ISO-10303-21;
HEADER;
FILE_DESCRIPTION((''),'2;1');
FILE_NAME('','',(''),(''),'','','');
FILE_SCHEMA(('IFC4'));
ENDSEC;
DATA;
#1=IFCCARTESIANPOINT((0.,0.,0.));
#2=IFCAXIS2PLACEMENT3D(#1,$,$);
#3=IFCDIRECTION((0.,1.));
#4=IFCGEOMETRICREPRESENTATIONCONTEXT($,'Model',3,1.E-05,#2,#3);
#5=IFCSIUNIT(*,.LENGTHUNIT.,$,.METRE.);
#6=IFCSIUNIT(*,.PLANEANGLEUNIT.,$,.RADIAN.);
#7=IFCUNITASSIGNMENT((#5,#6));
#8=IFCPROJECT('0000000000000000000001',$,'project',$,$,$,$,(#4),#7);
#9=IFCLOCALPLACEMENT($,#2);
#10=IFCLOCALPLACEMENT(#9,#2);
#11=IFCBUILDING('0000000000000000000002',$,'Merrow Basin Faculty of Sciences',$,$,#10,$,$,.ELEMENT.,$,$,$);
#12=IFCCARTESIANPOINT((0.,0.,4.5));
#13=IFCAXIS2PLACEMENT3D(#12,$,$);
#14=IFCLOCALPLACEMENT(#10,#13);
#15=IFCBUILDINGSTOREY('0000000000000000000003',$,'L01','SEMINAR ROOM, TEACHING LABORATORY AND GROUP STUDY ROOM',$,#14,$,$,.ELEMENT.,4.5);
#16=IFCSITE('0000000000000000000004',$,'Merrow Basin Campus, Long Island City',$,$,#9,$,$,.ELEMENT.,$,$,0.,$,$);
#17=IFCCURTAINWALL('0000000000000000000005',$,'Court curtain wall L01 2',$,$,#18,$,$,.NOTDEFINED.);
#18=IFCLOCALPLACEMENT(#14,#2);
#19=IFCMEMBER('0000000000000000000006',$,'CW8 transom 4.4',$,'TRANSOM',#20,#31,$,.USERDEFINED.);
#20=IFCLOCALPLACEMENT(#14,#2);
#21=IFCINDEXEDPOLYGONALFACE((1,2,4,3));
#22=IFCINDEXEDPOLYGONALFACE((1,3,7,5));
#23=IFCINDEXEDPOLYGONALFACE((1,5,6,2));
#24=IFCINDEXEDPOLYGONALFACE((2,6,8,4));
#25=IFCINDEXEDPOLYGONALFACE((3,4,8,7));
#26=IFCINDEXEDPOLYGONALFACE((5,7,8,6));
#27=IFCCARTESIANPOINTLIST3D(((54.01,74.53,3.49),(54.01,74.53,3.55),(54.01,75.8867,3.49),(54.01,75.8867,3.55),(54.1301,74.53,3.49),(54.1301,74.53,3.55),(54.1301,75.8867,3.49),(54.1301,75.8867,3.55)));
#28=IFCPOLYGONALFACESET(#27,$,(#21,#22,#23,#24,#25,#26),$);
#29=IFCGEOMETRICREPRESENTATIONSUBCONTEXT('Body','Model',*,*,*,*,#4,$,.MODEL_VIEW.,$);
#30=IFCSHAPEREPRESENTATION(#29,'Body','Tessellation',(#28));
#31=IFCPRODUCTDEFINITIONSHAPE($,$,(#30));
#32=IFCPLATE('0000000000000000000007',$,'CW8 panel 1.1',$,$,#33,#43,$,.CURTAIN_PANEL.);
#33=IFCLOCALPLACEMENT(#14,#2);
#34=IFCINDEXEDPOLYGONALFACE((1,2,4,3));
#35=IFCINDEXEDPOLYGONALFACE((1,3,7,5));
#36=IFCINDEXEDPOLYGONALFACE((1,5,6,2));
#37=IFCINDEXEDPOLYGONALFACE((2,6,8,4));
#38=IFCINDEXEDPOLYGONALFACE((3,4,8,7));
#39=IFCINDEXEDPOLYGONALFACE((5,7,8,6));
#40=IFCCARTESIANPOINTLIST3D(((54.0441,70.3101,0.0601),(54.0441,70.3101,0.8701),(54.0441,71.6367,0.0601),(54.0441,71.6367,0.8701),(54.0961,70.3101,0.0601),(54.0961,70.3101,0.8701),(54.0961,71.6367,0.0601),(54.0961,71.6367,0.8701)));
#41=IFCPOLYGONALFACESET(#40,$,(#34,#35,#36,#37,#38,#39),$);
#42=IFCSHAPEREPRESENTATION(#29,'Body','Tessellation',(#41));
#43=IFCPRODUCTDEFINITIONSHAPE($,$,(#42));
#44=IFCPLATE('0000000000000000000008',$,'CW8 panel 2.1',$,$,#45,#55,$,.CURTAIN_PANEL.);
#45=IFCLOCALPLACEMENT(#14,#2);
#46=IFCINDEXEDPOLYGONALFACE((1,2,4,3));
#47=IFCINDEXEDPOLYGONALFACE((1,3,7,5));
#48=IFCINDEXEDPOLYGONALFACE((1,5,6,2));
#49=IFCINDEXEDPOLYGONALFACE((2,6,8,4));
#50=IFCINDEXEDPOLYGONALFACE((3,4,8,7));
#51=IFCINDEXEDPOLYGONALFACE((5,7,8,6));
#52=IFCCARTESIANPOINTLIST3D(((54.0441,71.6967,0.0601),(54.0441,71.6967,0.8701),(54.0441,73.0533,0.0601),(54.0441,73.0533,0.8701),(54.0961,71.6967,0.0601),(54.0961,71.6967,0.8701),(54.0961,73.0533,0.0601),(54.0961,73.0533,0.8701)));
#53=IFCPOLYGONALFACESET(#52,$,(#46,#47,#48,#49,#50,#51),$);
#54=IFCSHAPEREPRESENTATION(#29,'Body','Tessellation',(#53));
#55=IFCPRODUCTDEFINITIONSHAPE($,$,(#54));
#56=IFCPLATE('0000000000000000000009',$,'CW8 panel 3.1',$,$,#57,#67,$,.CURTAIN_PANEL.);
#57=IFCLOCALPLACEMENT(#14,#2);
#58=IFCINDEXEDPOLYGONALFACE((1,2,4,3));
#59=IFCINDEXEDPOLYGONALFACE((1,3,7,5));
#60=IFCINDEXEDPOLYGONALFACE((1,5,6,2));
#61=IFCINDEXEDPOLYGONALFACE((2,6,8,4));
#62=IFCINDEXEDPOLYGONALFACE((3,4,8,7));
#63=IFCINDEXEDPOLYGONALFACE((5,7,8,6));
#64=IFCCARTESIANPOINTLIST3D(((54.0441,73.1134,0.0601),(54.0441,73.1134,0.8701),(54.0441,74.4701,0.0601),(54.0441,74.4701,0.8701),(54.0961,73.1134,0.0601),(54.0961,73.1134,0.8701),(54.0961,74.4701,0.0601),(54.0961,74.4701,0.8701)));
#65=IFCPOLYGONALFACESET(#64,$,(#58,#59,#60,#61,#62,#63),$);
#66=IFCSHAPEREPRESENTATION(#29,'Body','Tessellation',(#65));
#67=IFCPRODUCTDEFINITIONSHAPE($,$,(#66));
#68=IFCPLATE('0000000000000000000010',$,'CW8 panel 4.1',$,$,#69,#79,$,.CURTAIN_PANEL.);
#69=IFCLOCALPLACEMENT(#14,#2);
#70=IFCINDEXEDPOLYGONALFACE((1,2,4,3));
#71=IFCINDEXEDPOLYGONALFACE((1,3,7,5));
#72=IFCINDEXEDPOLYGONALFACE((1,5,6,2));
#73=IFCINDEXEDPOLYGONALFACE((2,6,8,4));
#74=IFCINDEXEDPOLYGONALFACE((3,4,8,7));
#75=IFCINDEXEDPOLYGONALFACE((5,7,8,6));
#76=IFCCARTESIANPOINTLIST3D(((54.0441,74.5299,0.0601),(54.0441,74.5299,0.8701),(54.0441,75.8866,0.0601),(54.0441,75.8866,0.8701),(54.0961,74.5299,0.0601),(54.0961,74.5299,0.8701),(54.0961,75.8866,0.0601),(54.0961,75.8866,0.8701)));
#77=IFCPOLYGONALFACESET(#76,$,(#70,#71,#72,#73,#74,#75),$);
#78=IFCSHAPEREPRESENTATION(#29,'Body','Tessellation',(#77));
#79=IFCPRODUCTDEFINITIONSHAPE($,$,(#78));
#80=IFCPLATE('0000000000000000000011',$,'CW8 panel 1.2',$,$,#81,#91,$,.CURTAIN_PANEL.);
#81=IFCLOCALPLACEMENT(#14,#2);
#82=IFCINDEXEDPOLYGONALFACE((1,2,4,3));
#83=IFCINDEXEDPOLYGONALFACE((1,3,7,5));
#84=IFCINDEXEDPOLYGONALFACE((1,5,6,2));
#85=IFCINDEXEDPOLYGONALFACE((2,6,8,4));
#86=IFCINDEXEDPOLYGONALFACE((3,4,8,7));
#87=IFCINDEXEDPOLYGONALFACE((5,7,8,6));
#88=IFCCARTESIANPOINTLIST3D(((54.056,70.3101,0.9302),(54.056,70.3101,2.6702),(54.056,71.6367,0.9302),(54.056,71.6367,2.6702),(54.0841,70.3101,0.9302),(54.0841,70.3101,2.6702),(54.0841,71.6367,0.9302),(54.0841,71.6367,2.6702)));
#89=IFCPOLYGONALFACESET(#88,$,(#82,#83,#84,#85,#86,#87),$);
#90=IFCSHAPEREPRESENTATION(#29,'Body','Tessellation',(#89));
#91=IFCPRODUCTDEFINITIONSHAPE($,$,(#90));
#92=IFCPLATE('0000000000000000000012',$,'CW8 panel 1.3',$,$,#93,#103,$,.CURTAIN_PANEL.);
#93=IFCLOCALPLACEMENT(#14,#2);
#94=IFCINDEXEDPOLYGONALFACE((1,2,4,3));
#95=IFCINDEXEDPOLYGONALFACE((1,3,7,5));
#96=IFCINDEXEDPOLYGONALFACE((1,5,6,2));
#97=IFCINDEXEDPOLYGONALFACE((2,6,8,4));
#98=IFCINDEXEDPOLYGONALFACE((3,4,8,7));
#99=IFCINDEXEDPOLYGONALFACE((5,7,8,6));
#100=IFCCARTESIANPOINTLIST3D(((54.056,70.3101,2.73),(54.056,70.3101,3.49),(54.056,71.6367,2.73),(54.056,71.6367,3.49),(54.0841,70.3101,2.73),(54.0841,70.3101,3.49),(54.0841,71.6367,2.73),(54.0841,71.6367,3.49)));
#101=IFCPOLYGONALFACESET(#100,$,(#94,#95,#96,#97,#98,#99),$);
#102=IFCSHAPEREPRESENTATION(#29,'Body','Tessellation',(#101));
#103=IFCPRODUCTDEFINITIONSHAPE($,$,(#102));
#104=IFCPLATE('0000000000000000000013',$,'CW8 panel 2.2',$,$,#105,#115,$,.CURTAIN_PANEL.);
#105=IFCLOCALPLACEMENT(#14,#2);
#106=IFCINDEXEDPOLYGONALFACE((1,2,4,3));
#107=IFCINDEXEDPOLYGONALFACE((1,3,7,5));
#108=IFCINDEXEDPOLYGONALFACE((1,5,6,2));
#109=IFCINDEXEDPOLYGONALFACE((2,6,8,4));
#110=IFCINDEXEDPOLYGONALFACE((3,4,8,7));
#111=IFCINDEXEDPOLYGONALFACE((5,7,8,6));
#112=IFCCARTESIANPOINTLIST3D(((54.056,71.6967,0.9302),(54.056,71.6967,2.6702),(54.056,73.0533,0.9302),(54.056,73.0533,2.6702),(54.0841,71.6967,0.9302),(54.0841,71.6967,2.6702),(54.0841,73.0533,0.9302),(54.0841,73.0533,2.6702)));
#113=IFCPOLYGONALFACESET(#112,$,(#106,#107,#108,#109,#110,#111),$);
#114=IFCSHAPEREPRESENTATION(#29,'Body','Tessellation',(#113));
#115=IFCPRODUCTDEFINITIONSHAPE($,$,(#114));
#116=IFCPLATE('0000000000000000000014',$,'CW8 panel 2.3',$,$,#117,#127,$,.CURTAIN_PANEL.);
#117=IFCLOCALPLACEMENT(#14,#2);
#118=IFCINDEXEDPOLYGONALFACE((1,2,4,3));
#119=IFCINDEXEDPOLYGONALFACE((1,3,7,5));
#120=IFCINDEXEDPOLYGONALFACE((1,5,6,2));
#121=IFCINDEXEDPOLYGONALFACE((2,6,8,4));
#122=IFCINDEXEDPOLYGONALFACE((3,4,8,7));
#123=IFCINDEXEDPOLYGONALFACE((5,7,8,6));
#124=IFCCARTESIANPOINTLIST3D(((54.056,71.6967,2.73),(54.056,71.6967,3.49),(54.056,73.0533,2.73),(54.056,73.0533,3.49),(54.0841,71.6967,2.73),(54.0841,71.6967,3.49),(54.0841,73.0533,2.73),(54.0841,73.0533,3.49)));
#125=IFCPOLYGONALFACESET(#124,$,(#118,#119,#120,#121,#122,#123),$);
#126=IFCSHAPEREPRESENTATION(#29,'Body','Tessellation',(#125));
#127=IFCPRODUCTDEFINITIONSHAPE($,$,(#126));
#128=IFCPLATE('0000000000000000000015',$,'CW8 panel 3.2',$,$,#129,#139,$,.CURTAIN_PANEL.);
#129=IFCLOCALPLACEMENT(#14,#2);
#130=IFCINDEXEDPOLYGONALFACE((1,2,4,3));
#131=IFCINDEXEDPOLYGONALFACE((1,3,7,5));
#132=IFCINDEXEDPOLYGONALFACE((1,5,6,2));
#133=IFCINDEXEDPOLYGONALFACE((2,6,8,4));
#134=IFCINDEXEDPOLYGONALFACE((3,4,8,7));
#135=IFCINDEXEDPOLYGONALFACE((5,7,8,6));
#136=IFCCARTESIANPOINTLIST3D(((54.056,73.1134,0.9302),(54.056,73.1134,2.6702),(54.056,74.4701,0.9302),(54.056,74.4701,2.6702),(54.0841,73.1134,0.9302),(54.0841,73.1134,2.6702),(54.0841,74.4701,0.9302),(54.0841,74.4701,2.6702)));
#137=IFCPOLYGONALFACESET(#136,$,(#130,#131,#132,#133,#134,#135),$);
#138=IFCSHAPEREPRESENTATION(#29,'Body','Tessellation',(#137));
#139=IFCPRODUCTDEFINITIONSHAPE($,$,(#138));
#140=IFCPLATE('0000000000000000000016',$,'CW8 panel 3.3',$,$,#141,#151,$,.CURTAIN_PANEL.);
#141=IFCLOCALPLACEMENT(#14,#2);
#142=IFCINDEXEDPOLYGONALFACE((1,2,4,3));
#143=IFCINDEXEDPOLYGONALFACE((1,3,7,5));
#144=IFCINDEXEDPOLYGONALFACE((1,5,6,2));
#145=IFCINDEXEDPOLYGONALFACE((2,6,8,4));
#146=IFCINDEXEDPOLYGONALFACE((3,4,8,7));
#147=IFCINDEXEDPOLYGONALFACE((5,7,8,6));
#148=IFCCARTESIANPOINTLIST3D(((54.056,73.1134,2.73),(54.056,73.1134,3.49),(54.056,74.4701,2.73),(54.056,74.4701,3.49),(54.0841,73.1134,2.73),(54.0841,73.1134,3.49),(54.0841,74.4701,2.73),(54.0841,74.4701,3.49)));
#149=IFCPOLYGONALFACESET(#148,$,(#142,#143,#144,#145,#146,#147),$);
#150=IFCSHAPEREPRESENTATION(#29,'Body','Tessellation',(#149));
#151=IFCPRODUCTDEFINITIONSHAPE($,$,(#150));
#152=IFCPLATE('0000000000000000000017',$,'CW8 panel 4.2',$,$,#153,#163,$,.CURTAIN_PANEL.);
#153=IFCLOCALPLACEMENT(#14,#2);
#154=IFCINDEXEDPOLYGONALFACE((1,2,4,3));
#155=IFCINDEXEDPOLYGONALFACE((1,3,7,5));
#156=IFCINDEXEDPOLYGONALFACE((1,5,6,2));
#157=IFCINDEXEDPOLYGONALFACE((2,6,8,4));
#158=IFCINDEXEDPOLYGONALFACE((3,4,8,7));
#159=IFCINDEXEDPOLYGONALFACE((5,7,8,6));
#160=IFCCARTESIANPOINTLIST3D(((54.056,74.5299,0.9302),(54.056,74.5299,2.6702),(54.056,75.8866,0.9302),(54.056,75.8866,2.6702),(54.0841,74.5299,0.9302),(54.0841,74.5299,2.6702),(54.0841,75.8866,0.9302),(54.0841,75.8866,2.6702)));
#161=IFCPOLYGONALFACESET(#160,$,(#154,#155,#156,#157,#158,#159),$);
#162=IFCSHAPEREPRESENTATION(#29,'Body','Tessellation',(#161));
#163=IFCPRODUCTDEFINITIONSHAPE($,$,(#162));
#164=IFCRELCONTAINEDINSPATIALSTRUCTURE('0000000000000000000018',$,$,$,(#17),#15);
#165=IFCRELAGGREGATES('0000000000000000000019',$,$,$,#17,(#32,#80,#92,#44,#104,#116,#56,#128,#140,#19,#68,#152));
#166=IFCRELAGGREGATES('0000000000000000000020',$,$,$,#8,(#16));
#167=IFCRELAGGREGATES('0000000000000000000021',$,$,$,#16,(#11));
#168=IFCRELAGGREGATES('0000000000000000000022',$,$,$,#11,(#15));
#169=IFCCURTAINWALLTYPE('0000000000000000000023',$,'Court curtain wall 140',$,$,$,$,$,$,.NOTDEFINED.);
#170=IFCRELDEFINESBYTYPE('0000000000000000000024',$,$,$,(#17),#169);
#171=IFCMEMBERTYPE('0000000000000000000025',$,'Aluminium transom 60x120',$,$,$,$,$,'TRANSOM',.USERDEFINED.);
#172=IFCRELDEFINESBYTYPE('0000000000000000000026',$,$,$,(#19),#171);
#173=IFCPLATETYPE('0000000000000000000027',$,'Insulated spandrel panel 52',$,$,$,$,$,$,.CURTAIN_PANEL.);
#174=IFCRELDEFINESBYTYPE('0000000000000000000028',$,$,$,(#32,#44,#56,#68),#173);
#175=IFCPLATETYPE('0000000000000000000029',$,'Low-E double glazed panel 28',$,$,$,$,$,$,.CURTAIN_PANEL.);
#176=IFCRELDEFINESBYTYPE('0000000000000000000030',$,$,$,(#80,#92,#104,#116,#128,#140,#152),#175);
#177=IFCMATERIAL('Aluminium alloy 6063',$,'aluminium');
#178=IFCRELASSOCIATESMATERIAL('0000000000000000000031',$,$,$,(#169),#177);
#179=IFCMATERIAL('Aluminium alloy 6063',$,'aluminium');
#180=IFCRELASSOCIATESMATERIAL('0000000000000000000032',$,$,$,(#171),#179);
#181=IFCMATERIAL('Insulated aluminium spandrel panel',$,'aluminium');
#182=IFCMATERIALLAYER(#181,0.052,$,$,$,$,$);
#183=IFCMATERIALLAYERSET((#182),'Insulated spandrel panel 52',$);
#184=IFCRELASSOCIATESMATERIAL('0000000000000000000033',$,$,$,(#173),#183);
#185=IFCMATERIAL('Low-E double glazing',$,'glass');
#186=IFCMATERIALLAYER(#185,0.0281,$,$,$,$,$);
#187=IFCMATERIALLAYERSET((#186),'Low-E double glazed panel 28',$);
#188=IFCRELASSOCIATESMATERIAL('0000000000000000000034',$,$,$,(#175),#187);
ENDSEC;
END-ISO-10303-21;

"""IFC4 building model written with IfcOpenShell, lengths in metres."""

from ifc_helpers import new_model, si_unit, direction, frame, origin, origin_2d, place, context, subcontext, project, spatial, rectangle, extrude, material, layer, layer_set, material_profile, profile_set, type_object, element, aggregate, save


model = new_model("IFC4")

# Units and contexts
model_context = context("Model", 3, precision=1e-05, world=origin(), true_north=direction((0.0, 1.0)))
body_context = subcontext(model_context, "Body", "Model", "MODEL_VIEW")
ifc_project = project(units=[si_unit("LENGTHUNIT", "METRE"), si_unit("PLANEANGLEUNIT", "RADIAN")], contexts=[model_context])

# Site, building, storey
site_placement = place(None, origin())
site = spatial("IfcSite", under=ifc_project, at=site_placement, Name="Merrow Basin Campus, Long Island City", CompositionType="ELEMENT", RefElevation=0.0)
building_placement = place(site_placement, origin())
building = spatial("IfcBuilding", under=site, at=building_placement, Name="Merrow Basin Faculty of Sciences", CompositionType="ELEMENT")
storey_placement = place(building_placement, frame((0.0, 0.0, 4.5)))
storey = spatial("IfcBuildingStorey", under=building, at=storey_placement, Name="L01", Description="SEMINAR ROOM, TEACHING LABORATORY AND GROUP STUDY ROOM", CompositionType="ELEMENT", Elevation=4.5)

# Curtain wall, member, plates
ifc_material_1 = material(Name="Aluminium alloy 6063", Category="aluminium")
curtain_wall_type = type_object("IfcCurtainWallType", Name="Court curtain wall 140", PredefinedType="NOTDEFINED", material=ifc_material_1)
curtain_wall_placement = place(storey_placement, origin())
curtain_wall = element("IfcCurtainWall", 1, at=curtain_wall_placement, inside=storey, type_object=curtain_wall_type, Name="Court curtain wall L01 2", PredefinedType="NOTDEFINED")
ifc_material_2 = material(Name="Aluminium alloy 6063", Category="aluminium")
ifc_material_profile_1 = material_profile(ifc_material_2, rectangle(XDim=0.1201, YDim=0.0601, at=origin_2d()))
ifc_profile_set_1 = profile_set([ifc_material_profile_1], Name="Aluminium alloy 6063")
member_type_1 = type_object("IfcMemberType", Name="Aluminium transom 60x120", ElementType="TRANSOM", PredefinedType="USERDEFINED", material=ifc_profile_set_1)
member_1_placement = place(storey_placement, frame((54.0701, 74.53, 3.52), z_axis=(0.0, 1.0, 0.0), x_axis=(-1.0, 0.0, 0.0)))
member_1 = element("IfcMember", 2, at=member_1_placement, type_object=member_type_1, Name="CW8 transom 4.4", ObjectType="TRANSOM", PredefinedType="USERDEFINED", context=body_context, shape_type="SweptSolid", body=[
    extrude(rectangle(XDim=0.1201, YDim=0.0601, at=origin_2d()), origin(), (0.0, 0.0, 1.0), 1.3567),
])
ifc_material_3 = material(Name="Insulated aluminium spandrel panel", Category="aluminium")
ifc_layer_1 = layer(ifc_material_3, 0.052)
ifc_layer_set_1 = layer_set([ifc_layer_1], Name="Insulated spandrel panel 52")
plate_type_1 = type_object("IfcPlateType", Name="Insulated spandrel panel 52", PredefinedType="CURTAIN_PANEL", material=ifc_layer_set_1)
plate_1_placement = place(storey_placement, frame((54.0701, 70.9734, 0.0601), z_axis=(0.0, 0.0, 1.0), x_axis=(0.0, 1.0, 0.0)))
plate_1 = element("IfcPlate", 3, at=plate_1_placement, type_object=plate_type_1, Name="CW8 panel 1.1", PredefinedType="CURTAIN_PANEL", context=body_context, shape_type="SweptSolid", body=[
    extrude(rectangle(XDim=1.3267, YDim=0.052, at=origin_2d()), origin(), (0.0, 0.0, 1.0), 0.8101),
])
plate_2_placement = place(storey_placement, frame((54.0701, 72.375, 0.0601), z_axis=(0.0, 0.0, 1.0), x_axis=(0.0, 1.0, 0.0)))
plate_2 = element("IfcPlate", 4, at=plate_2_placement, type_object=plate_type_1, Name="CW8 panel 2.1", PredefinedType="CURTAIN_PANEL", context=body_context, shape_type="SweptSolid", body=[
    extrude(rectangle(XDim=1.3567, YDim=0.052, at=origin_2d()), origin(), (0.0, 0.0, 1.0), 0.8101),
])
plate_3_placement = place(storey_placement, frame((54.0701, 73.7917, 0.0601), z_axis=(0.0, 0.0, 1.0), x_axis=(0.0, 1.0, 0.0)))
plate_3 = element("IfcPlate", 5, at=plate_3_placement, type_object=plate_type_1, Name="CW8 panel 3.1", PredefinedType="CURTAIN_PANEL", context=body_context, shape_type="SweptSolid", body=[
    extrude(rectangle(XDim=1.3567, YDim=0.052, at=origin_2d()), origin(), (0.0, 0.0, 1.0), 0.8101),
])
plate_4_placement = place(storey_placement, frame((54.0701, 75.2083, 0.0601), z_axis=(0.0, 0.0, 1.0), x_axis=(0.0, 1.0, 0.0)))
plate_4 = element("IfcPlate", 6, at=plate_4_placement, type_object=plate_type_1, Name="CW8 panel 4.1", PredefinedType="CURTAIN_PANEL", context=body_context, shape_type="SweptSolid", body=[
    extrude(rectangle(XDim=1.3567, YDim=0.052, at=origin_2d()), origin(), (0.0, 0.0, 1.0), 0.8101),
])
ifc_material_4 = material(Name="Low-E double glazing", Category="glass")
ifc_layer_2 = layer(ifc_material_4, 0.0281)
ifc_layer_set_2 = layer_set([ifc_layer_2], Name="Low-E double glazed panel 28")
plate_type_2 = type_object("IfcPlateType", Name="Low-E double glazed panel 28", PredefinedType="CURTAIN_PANEL", material=ifc_layer_set_2)
plate_5_placement = place(storey_placement, frame((54.0701, 70.9734, 0.9302), z_axis=(0.0, 0.0, 1.0), x_axis=(0.0, 1.0, 0.0)))
plate_5 = element("IfcPlate", 7, at=plate_5_placement, type_object=plate_type_2, Name="CW8 panel 1.2", PredefinedType="CURTAIN_PANEL", context=body_context, shape_type="SweptSolid", body=[
    extrude(rectangle(XDim=1.3267, YDim=0.0281, at=origin_2d()), origin(), (0.0, 0.0, 1.0), 1.74),
])
plate_6_placement = place(storey_placement, frame((54.0701, 70.9734, 2.73), z_axis=(0.0, 0.0, 1.0), x_axis=(0.0, 1.0, 0.0)))
plate_6 = element("IfcPlate", 8, at=plate_6_placement, type_object=plate_type_2, Name="CW8 panel 1.3", PredefinedType="CURTAIN_PANEL", context=body_context, shape_type="SweptSolid", body=[
    extrude(rectangle(XDim=1.3267, YDim=0.0281, at=origin_2d()), origin(), (0.0, 0.0, 1.0), 0.76),
])
plate_7_placement = place(storey_placement, frame((54.0701, 72.375, 0.9302), z_axis=(0.0, 0.0, 1.0), x_axis=(0.0, 1.0, 0.0)))
plate_7 = element("IfcPlate", 9, at=plate_7_placement, type_object=plate_type_2, Name="CW8 panel 2.2", PredefinedType="CURTAIN_PANEL", context=body_context, shape_type="SweptSolid", body=[
    extrude(rectangle(XDim=1.3567, YDim=0.0281, at=origin_2d()), origin(), (0.0, 0.0, 1.0), 1.74),
])
plate_8_placement = place(storey_placement, frame((54.0701, 72.375, 2.73), z_axis=(0.0, 0.0, 1.0), x_axis=(0.0, 1.0, 0.0)))
plate_8 = element("IfcPlate", 10, at=plate_8_placement, type_object=plate_type_2, Name="CW8 panel 2.3", PredefinedType="CURTAIN_PANEL", context=body_context, shape_type="SweptSolid", body=[
    extrude(rectangle(XDim=1.3567, YDim=0.0281, at=origin_2d()), origin(), (0.0, 0.0, 1.0), 0.76),
])
plate_9_placement = place(storey_placement, frame((54.0701, 73.7917, 0.9302), z_axis=(0.0, 0.0, 1.0), x_axis=(0.0, 1.0, 0.0)))
plate_9 = element("IfcPlate", 11, at=plate_9_placement, type_object=plate_type_2, Name="CW8 panel 3.2", PredefinedType="CURTAIN_PANEL", context=body_context, shape_type="SweptSolid", body=[
    extrude(rectangle(XDim=1.3567, YDim=0.0281, at=origin_2d()), origin(), (0.0, 0.0, 1.0), 1.74),
])
plate_10_placement = place(storey_placement, frame((54.0701, 73.7917, 2.73), z_axis=(0.0, 0.0, 1.0), x_axis=(0.0, 1.0, 0.0)))
plate_10 = element("IfcPlate", 12, at=plate_10_placement, type_object=plate_type_2, Name="CW8 panel 3.3", PredefinedType="CURTAIN_PANEL", context=body_context, shape_type="SweptSolid", body=[
    extrude(rectangle(XDim=1.3567, YDim=0.0281, at=origin_2d()), origin(), (0.0, 0.0, 1.0), 0.76),
])
plate_11_placement = place(storey_placement, frame((54.0701, 75.2083, 0.9302), z_axis=(0.0, 0.0, 1.0), x_axis=(0.0, 1.0, 0.0)))
plate_11 = element("IfcPlate", 13, at=plate_11_placement, type_object=plate_type_2, Name="CW8 panel 4.2", PredefinedType="CURTAIN_PANEL", context=body_context, shape_type="SweptSolid", body=[
    extrude(rectangle(XDim=1.3567, YDim=0.0281, at=origin_2d()), origin(), (0.0, 0.0, 1.0), 1.74),
])
aggregate(curtain_wall, [plate_1, plate_5, plate_6, plate_2, plate_7, plate_8, plate_3, plate_9, plate_10, member_1, plate_4, plate_11])

save(model, "model.ifc")
